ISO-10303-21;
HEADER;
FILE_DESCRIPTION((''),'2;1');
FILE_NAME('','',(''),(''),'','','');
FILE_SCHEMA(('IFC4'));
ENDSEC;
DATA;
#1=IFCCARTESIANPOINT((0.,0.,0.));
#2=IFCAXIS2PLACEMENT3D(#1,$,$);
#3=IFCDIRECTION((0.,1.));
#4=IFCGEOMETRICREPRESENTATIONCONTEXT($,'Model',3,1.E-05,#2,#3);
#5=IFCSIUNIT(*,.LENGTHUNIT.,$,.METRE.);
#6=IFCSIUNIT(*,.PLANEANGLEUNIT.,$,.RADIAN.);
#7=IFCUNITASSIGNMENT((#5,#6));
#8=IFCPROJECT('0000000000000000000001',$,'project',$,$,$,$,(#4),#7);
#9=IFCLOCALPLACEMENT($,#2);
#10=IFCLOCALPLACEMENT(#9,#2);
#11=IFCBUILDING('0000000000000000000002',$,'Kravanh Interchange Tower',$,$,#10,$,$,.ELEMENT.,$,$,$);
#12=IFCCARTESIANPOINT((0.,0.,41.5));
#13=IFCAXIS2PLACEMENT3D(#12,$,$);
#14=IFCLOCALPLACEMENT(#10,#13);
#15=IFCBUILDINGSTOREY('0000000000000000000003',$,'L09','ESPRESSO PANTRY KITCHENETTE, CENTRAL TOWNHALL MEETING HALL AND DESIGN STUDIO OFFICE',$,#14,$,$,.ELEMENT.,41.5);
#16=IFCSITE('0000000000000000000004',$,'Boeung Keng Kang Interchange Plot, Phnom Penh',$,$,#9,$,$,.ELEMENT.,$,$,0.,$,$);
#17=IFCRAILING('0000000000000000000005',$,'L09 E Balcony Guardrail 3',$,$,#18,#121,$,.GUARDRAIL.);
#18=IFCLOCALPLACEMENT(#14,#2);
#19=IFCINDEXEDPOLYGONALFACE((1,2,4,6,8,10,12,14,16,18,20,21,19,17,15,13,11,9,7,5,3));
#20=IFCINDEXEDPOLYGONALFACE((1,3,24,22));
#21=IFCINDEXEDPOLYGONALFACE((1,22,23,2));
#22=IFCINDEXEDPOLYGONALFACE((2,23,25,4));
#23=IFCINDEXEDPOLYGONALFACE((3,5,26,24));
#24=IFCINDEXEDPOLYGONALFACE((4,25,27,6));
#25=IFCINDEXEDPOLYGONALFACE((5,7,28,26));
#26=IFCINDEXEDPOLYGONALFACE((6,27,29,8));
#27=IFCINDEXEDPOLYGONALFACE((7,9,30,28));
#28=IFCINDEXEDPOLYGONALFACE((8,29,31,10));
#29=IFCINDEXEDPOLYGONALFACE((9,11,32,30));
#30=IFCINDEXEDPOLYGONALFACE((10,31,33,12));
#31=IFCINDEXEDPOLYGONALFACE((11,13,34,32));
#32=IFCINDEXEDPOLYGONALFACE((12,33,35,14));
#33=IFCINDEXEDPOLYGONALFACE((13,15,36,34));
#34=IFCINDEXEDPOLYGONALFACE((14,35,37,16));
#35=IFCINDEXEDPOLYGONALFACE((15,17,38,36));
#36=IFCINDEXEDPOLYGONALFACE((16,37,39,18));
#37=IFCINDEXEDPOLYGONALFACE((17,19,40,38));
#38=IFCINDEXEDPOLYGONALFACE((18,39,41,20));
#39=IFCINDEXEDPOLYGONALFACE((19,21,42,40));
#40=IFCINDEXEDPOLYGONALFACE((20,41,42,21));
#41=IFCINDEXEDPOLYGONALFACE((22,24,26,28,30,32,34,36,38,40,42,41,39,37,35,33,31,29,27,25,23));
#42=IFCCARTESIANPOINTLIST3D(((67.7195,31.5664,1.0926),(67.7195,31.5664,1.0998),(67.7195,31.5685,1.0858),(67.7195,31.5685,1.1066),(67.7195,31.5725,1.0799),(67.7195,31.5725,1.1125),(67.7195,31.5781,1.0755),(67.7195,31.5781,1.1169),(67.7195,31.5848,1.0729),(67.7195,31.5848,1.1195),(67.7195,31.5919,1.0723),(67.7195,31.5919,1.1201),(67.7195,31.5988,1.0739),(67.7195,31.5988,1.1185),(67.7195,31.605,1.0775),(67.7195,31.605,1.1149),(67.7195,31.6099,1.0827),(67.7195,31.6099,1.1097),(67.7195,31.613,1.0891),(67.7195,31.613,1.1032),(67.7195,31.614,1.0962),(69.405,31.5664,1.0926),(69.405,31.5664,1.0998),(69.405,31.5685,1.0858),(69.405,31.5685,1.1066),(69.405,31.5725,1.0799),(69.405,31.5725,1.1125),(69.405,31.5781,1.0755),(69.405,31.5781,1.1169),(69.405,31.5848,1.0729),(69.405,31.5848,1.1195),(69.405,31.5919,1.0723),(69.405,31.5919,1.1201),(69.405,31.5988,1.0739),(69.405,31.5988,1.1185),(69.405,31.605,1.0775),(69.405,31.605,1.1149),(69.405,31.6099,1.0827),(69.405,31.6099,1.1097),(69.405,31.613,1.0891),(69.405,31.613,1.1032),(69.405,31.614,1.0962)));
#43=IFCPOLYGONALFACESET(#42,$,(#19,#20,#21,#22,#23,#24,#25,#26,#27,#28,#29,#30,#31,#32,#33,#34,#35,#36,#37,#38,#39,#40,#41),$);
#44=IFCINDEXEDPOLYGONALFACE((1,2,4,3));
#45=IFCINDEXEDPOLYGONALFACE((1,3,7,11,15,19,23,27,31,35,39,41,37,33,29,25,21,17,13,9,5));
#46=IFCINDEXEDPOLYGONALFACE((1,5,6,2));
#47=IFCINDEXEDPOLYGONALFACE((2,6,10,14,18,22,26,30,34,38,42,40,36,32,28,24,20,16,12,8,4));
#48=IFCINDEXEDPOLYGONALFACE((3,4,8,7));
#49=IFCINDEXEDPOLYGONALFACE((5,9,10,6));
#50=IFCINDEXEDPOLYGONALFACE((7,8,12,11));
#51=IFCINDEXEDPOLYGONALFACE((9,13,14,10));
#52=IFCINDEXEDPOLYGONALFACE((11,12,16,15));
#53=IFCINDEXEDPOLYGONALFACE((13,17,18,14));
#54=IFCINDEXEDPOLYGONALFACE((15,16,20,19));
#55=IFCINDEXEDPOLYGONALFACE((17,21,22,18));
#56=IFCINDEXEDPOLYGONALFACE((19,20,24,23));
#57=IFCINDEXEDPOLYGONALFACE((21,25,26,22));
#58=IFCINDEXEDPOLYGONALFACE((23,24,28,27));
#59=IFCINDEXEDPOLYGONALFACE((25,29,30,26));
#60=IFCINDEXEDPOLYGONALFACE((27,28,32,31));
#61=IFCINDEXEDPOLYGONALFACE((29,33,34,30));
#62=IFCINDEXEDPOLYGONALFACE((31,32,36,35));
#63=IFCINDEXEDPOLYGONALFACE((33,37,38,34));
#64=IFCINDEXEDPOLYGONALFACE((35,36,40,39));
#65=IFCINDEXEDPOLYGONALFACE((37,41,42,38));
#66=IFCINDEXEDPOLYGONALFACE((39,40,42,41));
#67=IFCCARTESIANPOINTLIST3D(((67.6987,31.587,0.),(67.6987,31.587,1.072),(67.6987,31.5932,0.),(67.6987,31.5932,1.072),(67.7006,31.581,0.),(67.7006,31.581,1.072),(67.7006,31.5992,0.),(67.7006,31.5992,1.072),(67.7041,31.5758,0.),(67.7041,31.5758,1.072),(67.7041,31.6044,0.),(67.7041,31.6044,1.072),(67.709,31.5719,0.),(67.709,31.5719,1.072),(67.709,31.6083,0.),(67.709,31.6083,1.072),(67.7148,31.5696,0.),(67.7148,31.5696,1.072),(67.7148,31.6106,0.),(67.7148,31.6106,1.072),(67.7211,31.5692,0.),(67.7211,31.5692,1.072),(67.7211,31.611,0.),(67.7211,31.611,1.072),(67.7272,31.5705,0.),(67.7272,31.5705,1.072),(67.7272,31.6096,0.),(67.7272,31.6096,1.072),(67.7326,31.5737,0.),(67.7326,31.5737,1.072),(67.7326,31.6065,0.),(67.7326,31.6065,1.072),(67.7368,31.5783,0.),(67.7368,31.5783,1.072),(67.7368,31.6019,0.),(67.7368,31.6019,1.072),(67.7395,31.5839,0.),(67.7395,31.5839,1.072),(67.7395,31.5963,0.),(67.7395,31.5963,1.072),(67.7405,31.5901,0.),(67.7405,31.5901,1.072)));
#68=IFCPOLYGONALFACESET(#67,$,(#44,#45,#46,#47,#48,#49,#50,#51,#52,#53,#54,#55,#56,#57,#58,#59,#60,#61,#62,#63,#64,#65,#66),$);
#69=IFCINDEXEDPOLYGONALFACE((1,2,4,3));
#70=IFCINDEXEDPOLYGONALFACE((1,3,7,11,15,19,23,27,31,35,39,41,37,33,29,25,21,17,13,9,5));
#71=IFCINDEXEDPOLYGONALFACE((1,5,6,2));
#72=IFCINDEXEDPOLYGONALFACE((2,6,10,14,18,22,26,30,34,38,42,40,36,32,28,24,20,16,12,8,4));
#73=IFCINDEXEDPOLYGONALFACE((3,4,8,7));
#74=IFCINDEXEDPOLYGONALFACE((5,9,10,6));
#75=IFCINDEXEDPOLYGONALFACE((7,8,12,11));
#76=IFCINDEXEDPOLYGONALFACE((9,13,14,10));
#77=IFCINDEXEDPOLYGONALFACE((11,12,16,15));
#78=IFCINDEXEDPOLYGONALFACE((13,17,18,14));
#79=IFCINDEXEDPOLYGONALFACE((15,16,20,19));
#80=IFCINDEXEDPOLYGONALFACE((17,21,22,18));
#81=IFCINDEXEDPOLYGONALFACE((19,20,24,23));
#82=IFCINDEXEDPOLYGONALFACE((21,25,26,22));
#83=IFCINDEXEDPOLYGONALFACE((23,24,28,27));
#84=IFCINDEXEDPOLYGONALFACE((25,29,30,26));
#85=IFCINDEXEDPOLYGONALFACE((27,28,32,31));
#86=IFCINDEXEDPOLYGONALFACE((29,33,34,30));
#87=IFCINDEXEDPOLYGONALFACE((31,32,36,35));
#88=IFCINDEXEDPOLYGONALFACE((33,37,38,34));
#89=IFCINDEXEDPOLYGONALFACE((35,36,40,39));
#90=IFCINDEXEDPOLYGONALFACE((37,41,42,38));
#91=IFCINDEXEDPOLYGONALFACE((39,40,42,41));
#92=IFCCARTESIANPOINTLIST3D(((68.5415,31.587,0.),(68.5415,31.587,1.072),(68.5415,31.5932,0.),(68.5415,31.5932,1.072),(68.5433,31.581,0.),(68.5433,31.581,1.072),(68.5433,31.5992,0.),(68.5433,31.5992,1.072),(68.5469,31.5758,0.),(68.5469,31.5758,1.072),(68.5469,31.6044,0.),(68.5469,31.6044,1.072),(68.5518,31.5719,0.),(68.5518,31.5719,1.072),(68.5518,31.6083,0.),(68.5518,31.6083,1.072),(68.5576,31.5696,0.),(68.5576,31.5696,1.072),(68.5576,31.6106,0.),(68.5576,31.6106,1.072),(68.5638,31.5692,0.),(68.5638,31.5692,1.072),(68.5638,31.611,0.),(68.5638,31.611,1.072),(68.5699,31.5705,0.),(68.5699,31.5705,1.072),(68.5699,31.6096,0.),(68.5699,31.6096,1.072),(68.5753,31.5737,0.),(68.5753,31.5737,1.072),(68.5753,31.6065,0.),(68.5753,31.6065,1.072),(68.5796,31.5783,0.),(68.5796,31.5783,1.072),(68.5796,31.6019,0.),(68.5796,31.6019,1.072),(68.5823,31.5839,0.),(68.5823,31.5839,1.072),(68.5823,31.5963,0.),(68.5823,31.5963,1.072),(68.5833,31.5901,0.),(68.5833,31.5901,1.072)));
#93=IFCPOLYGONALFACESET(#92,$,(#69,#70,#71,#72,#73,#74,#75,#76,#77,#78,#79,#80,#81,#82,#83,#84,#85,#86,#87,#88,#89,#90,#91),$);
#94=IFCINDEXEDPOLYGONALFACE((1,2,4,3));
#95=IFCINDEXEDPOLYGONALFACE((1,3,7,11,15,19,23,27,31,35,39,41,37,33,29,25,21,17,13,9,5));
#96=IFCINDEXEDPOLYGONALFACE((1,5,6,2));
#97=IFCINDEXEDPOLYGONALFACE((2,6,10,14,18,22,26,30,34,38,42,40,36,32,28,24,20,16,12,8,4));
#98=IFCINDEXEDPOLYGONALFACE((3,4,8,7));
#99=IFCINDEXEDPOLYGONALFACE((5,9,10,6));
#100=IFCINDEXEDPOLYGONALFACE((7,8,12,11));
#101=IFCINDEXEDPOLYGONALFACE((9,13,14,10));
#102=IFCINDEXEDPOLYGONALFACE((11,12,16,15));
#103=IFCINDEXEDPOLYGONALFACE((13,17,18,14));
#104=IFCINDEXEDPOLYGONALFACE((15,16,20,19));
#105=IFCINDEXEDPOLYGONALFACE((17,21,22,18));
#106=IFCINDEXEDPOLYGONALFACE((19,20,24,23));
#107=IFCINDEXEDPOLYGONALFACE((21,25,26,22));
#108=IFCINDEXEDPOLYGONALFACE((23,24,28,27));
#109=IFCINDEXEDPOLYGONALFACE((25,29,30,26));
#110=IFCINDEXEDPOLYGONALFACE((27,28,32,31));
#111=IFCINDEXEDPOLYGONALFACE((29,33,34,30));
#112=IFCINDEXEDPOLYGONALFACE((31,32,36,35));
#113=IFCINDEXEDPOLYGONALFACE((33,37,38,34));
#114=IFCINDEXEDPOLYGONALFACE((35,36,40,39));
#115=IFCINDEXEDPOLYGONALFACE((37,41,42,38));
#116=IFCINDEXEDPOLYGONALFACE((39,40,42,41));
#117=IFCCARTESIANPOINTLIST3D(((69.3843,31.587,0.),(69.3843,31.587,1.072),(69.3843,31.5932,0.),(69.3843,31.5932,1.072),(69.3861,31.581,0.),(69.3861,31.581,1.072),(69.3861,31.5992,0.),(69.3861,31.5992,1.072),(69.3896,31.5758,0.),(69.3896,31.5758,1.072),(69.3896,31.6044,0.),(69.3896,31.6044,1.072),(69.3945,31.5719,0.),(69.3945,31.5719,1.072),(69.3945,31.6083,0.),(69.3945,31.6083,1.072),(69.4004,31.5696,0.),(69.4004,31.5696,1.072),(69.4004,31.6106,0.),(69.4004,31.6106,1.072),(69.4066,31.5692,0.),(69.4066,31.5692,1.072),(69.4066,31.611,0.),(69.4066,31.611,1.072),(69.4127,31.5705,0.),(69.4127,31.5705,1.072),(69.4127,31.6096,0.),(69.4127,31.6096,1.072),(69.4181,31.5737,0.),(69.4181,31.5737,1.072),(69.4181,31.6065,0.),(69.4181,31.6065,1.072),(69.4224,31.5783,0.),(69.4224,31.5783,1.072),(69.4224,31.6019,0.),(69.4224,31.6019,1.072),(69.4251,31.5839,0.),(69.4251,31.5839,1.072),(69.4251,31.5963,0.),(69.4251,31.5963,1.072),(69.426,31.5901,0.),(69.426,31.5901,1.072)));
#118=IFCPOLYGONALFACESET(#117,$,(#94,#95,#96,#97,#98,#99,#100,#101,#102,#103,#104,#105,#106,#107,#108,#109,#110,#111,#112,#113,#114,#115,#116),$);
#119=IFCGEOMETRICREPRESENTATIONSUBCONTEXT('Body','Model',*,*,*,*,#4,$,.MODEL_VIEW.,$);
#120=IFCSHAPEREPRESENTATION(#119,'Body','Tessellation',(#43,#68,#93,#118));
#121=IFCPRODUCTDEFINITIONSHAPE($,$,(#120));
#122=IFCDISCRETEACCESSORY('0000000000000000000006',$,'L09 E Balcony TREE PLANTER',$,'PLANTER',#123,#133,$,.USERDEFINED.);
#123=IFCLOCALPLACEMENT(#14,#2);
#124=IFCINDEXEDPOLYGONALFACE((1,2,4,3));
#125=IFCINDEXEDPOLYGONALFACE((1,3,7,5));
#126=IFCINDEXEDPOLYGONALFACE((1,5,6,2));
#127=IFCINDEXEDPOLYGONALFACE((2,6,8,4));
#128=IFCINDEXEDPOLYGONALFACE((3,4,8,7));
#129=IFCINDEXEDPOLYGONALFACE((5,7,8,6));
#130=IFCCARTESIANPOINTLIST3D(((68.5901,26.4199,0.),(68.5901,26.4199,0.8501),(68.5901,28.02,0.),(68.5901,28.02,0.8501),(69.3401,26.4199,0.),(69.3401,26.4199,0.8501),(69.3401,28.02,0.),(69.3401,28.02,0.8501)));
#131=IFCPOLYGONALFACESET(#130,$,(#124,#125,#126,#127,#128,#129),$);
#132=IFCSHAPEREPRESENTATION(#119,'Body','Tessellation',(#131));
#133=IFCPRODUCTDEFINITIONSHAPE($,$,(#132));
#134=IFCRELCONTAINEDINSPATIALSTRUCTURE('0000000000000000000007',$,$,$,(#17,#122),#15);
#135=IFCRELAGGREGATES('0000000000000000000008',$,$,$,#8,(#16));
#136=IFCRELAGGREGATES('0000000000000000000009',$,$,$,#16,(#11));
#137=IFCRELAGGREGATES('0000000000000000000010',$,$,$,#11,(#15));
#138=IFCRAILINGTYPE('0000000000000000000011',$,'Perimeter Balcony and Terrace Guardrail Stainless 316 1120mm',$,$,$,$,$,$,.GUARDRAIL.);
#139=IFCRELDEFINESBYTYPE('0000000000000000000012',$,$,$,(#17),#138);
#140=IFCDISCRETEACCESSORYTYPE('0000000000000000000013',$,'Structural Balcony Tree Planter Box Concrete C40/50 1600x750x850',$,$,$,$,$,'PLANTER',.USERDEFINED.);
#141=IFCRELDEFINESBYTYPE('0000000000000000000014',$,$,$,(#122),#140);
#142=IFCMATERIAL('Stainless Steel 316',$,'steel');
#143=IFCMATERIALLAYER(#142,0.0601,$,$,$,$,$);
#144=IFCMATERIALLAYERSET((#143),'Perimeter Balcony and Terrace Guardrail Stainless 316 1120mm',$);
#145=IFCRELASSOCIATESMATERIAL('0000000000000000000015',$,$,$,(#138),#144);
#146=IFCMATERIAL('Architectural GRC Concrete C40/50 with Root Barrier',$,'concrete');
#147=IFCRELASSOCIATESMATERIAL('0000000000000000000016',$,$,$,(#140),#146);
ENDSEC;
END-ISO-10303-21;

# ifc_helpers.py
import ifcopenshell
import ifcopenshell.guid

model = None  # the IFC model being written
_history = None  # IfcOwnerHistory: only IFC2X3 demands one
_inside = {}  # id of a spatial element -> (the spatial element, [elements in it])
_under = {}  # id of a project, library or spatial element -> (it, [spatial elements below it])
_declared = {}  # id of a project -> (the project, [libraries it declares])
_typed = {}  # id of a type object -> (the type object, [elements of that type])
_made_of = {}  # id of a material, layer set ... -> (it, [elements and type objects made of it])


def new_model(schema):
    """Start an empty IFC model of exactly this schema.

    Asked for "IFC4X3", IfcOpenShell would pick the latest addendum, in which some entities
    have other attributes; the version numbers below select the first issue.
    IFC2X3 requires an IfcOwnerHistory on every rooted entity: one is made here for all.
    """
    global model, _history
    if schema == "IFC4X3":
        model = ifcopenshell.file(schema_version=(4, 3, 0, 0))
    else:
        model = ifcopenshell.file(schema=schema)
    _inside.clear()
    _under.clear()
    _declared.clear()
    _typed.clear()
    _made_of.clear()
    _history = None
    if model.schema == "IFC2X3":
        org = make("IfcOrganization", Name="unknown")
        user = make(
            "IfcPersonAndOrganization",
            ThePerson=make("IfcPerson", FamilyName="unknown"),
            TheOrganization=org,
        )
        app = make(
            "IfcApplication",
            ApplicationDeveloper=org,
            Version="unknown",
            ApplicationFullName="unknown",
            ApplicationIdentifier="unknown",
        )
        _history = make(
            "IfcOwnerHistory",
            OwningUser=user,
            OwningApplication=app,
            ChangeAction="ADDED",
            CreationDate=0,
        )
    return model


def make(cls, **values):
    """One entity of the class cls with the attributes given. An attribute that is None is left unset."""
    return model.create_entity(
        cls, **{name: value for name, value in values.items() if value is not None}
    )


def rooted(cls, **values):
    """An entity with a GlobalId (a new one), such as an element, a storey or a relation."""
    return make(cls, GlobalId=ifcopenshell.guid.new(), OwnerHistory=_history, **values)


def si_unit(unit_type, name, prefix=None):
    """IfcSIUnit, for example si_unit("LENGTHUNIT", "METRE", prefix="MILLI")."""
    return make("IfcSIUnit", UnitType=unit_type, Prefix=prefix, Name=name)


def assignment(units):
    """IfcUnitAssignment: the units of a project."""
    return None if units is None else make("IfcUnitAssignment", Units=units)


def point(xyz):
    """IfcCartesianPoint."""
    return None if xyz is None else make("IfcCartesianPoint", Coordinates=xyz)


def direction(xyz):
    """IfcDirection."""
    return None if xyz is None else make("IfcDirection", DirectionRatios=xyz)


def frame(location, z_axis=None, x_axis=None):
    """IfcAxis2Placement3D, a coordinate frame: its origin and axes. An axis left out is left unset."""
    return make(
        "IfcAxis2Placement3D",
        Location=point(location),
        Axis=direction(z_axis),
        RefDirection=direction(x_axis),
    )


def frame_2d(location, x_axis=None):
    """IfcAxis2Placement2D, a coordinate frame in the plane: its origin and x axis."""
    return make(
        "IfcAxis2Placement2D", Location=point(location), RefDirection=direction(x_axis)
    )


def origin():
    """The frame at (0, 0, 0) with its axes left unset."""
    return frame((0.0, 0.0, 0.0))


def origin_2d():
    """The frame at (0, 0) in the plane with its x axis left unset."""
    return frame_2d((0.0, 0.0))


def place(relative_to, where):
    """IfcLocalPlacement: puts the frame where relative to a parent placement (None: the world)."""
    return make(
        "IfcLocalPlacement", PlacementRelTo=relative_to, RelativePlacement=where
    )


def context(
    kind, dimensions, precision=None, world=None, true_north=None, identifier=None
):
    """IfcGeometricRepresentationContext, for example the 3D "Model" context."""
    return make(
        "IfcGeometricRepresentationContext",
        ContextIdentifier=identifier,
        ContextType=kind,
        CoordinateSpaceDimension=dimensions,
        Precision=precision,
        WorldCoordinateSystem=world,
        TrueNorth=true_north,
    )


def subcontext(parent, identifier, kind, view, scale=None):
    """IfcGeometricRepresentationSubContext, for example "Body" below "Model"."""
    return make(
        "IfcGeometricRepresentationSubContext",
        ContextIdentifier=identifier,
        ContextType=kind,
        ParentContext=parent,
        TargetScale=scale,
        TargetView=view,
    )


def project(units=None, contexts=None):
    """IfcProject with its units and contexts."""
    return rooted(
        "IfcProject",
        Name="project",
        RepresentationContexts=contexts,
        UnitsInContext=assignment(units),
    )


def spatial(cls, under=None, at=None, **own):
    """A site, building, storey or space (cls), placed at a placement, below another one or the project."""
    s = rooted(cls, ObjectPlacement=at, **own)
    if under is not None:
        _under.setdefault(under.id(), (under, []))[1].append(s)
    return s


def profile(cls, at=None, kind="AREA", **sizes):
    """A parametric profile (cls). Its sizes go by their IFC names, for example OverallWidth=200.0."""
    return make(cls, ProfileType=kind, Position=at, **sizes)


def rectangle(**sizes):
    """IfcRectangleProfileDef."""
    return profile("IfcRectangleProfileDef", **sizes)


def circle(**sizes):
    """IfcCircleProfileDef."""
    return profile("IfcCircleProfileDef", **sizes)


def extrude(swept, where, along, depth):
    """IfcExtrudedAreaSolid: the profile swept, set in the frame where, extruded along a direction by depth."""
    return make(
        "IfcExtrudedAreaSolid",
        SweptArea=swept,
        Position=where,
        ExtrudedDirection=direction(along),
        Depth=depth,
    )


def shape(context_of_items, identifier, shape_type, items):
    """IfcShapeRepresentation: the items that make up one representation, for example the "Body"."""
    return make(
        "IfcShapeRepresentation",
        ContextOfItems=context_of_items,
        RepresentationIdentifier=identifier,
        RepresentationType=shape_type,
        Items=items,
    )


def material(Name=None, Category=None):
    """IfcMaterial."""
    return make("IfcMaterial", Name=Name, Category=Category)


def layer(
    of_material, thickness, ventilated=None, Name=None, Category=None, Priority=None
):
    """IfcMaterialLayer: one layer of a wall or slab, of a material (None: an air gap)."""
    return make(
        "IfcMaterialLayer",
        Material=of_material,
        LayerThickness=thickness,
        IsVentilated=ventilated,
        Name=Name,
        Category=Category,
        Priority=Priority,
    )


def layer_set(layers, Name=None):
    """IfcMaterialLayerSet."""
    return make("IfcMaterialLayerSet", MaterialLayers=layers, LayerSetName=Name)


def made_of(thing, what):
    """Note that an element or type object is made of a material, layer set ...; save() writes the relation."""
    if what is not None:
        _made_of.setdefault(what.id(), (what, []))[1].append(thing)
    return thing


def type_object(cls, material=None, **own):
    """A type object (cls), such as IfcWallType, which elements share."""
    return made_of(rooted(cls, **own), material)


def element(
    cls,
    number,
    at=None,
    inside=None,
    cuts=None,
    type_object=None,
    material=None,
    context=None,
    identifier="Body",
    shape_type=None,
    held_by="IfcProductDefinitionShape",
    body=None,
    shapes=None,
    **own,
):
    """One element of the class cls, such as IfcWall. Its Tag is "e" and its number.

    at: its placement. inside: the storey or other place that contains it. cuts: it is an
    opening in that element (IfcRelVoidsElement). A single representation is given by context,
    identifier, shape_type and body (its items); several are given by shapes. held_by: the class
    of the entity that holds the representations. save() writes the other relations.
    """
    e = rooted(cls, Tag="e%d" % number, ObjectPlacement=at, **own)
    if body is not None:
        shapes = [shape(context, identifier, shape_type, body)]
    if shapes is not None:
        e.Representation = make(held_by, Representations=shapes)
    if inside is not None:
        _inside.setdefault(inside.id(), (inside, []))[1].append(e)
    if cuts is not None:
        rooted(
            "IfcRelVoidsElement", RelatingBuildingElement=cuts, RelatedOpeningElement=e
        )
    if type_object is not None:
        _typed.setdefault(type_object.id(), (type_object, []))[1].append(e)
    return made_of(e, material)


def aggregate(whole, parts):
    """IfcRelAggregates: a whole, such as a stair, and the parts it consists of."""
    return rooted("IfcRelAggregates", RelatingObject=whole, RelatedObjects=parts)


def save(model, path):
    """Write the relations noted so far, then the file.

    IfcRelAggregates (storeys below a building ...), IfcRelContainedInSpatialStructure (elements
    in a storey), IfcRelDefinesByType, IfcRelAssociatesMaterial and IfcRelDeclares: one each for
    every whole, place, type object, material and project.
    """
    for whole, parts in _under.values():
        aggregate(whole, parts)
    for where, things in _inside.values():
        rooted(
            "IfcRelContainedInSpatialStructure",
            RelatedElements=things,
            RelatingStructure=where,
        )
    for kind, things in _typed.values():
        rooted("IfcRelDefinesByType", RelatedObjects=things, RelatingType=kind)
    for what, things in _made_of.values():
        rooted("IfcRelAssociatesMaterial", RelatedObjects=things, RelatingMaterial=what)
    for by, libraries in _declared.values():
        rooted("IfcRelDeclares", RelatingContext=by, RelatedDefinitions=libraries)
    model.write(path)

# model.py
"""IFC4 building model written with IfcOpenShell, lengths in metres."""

from ifc_helpers import new_model, si_unit, direction, frame, origin, origin_2d, place, context, subcontext, project, spatial, rectangle, circle, extrude, material, layer, layer_set, type_object, element, save


model = new_model("IFC4")

# Units and contexts
model_context = context("Model", 3, precision=1e-05, world=origin(), true_north=direction((0.0, 1.0)))
body_context = subcontext(model_context, "Body", "Model", "MODEL_VIEW")
ifc_project = project(units=[si_unit("LENGTHUNIT", "METRE"), si_unit("PLANEANGLEUNIT", "RADIAN")], contexts=[model_context])

# Site, building, storey
site_placement = place(None, origin())
site = spatial("IfcSite", under=ifc_project, at=site_placement, Name="Boeung Keng Kang Interchange Plot, Phnom Penh", CompositionType="ELEMENT", RefElevation=0.0)
building_placement = place(site_placement, origin())
building = spatial("IfcBuilding", under=site, at=building_placement, Name="Kravanh Interchange Tower", CompositionType="ELEMENT")
storey_placement = place(building_placement, frame((0.0, 0.0, 41.5)))
storey = spatial("IfcBuildingStorey", under=building, at=storey_placement, Name="L09", Description="ESPRESSO PANTRY KITCHENETTE, CENTRAL TOWNHALL MEETING HALL AND DESIGN STUDIO OFFICE", CompositionType="ELEMENT", Elevation=41.5)

# Railing
ifc_material_1 = material(Name="Stainless Steel 316", Category="steel")
ifc_layer_1 = layer(ifc_material_1, 0.0601)
ifc_layer_set_1 = layer_set([ifc_layer_1], Name="Perimeter Balcony and Terrace Guardrail Stainless 316 1120mm")
railing_type = type_object("IfcRailingType", Name="Perimeter Balcony and Terrace Guardrail Stainless 316 1120mm", PredefinedType="GUARDRAIL", material=ifc_layer_set_1)
railing_1_placement = place(storey_placement, frame((67.7195, 31.5901, 0.0)))
element("IfcRailing", 1, at=railing_1_placement, inside=storey, type_object=railing_type, Name="L09 E Balcony Guardrail 3", PredefinedType="GUARDRAIL", context=body_context, shape_type="SweptSolid", body=[
    extrude(circle(Radius=0.0239, at=origin_2d()), frame((0.0, 0.0, 1.0962), z_axis=(1.0, 0.0, 0.0), x_axis=(0.0, 1.0, 0.0)), (0.0, 0.0, 1.0), 1.6855),
    extrude(circle(Radius=0.021, at=origin_2d()), origin(), (0.0, 0.0, 1.0), 1.072),
    extrude(circle(Radius=0.021, at=origin_2d()), frame((0.8428, 0.0, 0.0)), (0.0, 0.0, 1.0), 1.072),
    extrude(circle(Radius=0.021, at=origin_2d()), frame((1.6855, 0.0, 0.0)), (0.0, 0.0, 1.0), 1.072),
])

# Discrete accessory
ifc_material_2 = material(Name="Architectural GRC Concrete C40/50 with Root Barrier", Category="concrete")
discrete_accessory_type = type_object("IfcDiscreteAccessoryType", Name="Structural Balcony Tree Planter Box Concrete C40/50 1600x750x850", ElementType="PLANTER", PredefinedType="USERDEFINED", material=ifc_material_2)
discrete_accessory_placement = place(storey_placement, frame((68.9651, 27.22, 0.0), z_axis=(0.0, 0.0, 1.0), x_axis=(1.0, 0.0, 0.0)))
element("IfcDiscreteAccessory", 2, at=discrete_accessory_placement, inside=storey, type_object=discrete_accessory_type, Name="L09 E Balcony TREE PLANTER", ObjectType="PLANTER", PredefinedType="USERDEFINED", context=body_context, shape_type="SweptSolid", body=[
    extrude(rectangle(XDim=0.75, YDim=1.6001, at=origin_2d()), origin(), (0.0, 0.0, 1.0), 0.8501),
])

save(model, "model.ifc")
